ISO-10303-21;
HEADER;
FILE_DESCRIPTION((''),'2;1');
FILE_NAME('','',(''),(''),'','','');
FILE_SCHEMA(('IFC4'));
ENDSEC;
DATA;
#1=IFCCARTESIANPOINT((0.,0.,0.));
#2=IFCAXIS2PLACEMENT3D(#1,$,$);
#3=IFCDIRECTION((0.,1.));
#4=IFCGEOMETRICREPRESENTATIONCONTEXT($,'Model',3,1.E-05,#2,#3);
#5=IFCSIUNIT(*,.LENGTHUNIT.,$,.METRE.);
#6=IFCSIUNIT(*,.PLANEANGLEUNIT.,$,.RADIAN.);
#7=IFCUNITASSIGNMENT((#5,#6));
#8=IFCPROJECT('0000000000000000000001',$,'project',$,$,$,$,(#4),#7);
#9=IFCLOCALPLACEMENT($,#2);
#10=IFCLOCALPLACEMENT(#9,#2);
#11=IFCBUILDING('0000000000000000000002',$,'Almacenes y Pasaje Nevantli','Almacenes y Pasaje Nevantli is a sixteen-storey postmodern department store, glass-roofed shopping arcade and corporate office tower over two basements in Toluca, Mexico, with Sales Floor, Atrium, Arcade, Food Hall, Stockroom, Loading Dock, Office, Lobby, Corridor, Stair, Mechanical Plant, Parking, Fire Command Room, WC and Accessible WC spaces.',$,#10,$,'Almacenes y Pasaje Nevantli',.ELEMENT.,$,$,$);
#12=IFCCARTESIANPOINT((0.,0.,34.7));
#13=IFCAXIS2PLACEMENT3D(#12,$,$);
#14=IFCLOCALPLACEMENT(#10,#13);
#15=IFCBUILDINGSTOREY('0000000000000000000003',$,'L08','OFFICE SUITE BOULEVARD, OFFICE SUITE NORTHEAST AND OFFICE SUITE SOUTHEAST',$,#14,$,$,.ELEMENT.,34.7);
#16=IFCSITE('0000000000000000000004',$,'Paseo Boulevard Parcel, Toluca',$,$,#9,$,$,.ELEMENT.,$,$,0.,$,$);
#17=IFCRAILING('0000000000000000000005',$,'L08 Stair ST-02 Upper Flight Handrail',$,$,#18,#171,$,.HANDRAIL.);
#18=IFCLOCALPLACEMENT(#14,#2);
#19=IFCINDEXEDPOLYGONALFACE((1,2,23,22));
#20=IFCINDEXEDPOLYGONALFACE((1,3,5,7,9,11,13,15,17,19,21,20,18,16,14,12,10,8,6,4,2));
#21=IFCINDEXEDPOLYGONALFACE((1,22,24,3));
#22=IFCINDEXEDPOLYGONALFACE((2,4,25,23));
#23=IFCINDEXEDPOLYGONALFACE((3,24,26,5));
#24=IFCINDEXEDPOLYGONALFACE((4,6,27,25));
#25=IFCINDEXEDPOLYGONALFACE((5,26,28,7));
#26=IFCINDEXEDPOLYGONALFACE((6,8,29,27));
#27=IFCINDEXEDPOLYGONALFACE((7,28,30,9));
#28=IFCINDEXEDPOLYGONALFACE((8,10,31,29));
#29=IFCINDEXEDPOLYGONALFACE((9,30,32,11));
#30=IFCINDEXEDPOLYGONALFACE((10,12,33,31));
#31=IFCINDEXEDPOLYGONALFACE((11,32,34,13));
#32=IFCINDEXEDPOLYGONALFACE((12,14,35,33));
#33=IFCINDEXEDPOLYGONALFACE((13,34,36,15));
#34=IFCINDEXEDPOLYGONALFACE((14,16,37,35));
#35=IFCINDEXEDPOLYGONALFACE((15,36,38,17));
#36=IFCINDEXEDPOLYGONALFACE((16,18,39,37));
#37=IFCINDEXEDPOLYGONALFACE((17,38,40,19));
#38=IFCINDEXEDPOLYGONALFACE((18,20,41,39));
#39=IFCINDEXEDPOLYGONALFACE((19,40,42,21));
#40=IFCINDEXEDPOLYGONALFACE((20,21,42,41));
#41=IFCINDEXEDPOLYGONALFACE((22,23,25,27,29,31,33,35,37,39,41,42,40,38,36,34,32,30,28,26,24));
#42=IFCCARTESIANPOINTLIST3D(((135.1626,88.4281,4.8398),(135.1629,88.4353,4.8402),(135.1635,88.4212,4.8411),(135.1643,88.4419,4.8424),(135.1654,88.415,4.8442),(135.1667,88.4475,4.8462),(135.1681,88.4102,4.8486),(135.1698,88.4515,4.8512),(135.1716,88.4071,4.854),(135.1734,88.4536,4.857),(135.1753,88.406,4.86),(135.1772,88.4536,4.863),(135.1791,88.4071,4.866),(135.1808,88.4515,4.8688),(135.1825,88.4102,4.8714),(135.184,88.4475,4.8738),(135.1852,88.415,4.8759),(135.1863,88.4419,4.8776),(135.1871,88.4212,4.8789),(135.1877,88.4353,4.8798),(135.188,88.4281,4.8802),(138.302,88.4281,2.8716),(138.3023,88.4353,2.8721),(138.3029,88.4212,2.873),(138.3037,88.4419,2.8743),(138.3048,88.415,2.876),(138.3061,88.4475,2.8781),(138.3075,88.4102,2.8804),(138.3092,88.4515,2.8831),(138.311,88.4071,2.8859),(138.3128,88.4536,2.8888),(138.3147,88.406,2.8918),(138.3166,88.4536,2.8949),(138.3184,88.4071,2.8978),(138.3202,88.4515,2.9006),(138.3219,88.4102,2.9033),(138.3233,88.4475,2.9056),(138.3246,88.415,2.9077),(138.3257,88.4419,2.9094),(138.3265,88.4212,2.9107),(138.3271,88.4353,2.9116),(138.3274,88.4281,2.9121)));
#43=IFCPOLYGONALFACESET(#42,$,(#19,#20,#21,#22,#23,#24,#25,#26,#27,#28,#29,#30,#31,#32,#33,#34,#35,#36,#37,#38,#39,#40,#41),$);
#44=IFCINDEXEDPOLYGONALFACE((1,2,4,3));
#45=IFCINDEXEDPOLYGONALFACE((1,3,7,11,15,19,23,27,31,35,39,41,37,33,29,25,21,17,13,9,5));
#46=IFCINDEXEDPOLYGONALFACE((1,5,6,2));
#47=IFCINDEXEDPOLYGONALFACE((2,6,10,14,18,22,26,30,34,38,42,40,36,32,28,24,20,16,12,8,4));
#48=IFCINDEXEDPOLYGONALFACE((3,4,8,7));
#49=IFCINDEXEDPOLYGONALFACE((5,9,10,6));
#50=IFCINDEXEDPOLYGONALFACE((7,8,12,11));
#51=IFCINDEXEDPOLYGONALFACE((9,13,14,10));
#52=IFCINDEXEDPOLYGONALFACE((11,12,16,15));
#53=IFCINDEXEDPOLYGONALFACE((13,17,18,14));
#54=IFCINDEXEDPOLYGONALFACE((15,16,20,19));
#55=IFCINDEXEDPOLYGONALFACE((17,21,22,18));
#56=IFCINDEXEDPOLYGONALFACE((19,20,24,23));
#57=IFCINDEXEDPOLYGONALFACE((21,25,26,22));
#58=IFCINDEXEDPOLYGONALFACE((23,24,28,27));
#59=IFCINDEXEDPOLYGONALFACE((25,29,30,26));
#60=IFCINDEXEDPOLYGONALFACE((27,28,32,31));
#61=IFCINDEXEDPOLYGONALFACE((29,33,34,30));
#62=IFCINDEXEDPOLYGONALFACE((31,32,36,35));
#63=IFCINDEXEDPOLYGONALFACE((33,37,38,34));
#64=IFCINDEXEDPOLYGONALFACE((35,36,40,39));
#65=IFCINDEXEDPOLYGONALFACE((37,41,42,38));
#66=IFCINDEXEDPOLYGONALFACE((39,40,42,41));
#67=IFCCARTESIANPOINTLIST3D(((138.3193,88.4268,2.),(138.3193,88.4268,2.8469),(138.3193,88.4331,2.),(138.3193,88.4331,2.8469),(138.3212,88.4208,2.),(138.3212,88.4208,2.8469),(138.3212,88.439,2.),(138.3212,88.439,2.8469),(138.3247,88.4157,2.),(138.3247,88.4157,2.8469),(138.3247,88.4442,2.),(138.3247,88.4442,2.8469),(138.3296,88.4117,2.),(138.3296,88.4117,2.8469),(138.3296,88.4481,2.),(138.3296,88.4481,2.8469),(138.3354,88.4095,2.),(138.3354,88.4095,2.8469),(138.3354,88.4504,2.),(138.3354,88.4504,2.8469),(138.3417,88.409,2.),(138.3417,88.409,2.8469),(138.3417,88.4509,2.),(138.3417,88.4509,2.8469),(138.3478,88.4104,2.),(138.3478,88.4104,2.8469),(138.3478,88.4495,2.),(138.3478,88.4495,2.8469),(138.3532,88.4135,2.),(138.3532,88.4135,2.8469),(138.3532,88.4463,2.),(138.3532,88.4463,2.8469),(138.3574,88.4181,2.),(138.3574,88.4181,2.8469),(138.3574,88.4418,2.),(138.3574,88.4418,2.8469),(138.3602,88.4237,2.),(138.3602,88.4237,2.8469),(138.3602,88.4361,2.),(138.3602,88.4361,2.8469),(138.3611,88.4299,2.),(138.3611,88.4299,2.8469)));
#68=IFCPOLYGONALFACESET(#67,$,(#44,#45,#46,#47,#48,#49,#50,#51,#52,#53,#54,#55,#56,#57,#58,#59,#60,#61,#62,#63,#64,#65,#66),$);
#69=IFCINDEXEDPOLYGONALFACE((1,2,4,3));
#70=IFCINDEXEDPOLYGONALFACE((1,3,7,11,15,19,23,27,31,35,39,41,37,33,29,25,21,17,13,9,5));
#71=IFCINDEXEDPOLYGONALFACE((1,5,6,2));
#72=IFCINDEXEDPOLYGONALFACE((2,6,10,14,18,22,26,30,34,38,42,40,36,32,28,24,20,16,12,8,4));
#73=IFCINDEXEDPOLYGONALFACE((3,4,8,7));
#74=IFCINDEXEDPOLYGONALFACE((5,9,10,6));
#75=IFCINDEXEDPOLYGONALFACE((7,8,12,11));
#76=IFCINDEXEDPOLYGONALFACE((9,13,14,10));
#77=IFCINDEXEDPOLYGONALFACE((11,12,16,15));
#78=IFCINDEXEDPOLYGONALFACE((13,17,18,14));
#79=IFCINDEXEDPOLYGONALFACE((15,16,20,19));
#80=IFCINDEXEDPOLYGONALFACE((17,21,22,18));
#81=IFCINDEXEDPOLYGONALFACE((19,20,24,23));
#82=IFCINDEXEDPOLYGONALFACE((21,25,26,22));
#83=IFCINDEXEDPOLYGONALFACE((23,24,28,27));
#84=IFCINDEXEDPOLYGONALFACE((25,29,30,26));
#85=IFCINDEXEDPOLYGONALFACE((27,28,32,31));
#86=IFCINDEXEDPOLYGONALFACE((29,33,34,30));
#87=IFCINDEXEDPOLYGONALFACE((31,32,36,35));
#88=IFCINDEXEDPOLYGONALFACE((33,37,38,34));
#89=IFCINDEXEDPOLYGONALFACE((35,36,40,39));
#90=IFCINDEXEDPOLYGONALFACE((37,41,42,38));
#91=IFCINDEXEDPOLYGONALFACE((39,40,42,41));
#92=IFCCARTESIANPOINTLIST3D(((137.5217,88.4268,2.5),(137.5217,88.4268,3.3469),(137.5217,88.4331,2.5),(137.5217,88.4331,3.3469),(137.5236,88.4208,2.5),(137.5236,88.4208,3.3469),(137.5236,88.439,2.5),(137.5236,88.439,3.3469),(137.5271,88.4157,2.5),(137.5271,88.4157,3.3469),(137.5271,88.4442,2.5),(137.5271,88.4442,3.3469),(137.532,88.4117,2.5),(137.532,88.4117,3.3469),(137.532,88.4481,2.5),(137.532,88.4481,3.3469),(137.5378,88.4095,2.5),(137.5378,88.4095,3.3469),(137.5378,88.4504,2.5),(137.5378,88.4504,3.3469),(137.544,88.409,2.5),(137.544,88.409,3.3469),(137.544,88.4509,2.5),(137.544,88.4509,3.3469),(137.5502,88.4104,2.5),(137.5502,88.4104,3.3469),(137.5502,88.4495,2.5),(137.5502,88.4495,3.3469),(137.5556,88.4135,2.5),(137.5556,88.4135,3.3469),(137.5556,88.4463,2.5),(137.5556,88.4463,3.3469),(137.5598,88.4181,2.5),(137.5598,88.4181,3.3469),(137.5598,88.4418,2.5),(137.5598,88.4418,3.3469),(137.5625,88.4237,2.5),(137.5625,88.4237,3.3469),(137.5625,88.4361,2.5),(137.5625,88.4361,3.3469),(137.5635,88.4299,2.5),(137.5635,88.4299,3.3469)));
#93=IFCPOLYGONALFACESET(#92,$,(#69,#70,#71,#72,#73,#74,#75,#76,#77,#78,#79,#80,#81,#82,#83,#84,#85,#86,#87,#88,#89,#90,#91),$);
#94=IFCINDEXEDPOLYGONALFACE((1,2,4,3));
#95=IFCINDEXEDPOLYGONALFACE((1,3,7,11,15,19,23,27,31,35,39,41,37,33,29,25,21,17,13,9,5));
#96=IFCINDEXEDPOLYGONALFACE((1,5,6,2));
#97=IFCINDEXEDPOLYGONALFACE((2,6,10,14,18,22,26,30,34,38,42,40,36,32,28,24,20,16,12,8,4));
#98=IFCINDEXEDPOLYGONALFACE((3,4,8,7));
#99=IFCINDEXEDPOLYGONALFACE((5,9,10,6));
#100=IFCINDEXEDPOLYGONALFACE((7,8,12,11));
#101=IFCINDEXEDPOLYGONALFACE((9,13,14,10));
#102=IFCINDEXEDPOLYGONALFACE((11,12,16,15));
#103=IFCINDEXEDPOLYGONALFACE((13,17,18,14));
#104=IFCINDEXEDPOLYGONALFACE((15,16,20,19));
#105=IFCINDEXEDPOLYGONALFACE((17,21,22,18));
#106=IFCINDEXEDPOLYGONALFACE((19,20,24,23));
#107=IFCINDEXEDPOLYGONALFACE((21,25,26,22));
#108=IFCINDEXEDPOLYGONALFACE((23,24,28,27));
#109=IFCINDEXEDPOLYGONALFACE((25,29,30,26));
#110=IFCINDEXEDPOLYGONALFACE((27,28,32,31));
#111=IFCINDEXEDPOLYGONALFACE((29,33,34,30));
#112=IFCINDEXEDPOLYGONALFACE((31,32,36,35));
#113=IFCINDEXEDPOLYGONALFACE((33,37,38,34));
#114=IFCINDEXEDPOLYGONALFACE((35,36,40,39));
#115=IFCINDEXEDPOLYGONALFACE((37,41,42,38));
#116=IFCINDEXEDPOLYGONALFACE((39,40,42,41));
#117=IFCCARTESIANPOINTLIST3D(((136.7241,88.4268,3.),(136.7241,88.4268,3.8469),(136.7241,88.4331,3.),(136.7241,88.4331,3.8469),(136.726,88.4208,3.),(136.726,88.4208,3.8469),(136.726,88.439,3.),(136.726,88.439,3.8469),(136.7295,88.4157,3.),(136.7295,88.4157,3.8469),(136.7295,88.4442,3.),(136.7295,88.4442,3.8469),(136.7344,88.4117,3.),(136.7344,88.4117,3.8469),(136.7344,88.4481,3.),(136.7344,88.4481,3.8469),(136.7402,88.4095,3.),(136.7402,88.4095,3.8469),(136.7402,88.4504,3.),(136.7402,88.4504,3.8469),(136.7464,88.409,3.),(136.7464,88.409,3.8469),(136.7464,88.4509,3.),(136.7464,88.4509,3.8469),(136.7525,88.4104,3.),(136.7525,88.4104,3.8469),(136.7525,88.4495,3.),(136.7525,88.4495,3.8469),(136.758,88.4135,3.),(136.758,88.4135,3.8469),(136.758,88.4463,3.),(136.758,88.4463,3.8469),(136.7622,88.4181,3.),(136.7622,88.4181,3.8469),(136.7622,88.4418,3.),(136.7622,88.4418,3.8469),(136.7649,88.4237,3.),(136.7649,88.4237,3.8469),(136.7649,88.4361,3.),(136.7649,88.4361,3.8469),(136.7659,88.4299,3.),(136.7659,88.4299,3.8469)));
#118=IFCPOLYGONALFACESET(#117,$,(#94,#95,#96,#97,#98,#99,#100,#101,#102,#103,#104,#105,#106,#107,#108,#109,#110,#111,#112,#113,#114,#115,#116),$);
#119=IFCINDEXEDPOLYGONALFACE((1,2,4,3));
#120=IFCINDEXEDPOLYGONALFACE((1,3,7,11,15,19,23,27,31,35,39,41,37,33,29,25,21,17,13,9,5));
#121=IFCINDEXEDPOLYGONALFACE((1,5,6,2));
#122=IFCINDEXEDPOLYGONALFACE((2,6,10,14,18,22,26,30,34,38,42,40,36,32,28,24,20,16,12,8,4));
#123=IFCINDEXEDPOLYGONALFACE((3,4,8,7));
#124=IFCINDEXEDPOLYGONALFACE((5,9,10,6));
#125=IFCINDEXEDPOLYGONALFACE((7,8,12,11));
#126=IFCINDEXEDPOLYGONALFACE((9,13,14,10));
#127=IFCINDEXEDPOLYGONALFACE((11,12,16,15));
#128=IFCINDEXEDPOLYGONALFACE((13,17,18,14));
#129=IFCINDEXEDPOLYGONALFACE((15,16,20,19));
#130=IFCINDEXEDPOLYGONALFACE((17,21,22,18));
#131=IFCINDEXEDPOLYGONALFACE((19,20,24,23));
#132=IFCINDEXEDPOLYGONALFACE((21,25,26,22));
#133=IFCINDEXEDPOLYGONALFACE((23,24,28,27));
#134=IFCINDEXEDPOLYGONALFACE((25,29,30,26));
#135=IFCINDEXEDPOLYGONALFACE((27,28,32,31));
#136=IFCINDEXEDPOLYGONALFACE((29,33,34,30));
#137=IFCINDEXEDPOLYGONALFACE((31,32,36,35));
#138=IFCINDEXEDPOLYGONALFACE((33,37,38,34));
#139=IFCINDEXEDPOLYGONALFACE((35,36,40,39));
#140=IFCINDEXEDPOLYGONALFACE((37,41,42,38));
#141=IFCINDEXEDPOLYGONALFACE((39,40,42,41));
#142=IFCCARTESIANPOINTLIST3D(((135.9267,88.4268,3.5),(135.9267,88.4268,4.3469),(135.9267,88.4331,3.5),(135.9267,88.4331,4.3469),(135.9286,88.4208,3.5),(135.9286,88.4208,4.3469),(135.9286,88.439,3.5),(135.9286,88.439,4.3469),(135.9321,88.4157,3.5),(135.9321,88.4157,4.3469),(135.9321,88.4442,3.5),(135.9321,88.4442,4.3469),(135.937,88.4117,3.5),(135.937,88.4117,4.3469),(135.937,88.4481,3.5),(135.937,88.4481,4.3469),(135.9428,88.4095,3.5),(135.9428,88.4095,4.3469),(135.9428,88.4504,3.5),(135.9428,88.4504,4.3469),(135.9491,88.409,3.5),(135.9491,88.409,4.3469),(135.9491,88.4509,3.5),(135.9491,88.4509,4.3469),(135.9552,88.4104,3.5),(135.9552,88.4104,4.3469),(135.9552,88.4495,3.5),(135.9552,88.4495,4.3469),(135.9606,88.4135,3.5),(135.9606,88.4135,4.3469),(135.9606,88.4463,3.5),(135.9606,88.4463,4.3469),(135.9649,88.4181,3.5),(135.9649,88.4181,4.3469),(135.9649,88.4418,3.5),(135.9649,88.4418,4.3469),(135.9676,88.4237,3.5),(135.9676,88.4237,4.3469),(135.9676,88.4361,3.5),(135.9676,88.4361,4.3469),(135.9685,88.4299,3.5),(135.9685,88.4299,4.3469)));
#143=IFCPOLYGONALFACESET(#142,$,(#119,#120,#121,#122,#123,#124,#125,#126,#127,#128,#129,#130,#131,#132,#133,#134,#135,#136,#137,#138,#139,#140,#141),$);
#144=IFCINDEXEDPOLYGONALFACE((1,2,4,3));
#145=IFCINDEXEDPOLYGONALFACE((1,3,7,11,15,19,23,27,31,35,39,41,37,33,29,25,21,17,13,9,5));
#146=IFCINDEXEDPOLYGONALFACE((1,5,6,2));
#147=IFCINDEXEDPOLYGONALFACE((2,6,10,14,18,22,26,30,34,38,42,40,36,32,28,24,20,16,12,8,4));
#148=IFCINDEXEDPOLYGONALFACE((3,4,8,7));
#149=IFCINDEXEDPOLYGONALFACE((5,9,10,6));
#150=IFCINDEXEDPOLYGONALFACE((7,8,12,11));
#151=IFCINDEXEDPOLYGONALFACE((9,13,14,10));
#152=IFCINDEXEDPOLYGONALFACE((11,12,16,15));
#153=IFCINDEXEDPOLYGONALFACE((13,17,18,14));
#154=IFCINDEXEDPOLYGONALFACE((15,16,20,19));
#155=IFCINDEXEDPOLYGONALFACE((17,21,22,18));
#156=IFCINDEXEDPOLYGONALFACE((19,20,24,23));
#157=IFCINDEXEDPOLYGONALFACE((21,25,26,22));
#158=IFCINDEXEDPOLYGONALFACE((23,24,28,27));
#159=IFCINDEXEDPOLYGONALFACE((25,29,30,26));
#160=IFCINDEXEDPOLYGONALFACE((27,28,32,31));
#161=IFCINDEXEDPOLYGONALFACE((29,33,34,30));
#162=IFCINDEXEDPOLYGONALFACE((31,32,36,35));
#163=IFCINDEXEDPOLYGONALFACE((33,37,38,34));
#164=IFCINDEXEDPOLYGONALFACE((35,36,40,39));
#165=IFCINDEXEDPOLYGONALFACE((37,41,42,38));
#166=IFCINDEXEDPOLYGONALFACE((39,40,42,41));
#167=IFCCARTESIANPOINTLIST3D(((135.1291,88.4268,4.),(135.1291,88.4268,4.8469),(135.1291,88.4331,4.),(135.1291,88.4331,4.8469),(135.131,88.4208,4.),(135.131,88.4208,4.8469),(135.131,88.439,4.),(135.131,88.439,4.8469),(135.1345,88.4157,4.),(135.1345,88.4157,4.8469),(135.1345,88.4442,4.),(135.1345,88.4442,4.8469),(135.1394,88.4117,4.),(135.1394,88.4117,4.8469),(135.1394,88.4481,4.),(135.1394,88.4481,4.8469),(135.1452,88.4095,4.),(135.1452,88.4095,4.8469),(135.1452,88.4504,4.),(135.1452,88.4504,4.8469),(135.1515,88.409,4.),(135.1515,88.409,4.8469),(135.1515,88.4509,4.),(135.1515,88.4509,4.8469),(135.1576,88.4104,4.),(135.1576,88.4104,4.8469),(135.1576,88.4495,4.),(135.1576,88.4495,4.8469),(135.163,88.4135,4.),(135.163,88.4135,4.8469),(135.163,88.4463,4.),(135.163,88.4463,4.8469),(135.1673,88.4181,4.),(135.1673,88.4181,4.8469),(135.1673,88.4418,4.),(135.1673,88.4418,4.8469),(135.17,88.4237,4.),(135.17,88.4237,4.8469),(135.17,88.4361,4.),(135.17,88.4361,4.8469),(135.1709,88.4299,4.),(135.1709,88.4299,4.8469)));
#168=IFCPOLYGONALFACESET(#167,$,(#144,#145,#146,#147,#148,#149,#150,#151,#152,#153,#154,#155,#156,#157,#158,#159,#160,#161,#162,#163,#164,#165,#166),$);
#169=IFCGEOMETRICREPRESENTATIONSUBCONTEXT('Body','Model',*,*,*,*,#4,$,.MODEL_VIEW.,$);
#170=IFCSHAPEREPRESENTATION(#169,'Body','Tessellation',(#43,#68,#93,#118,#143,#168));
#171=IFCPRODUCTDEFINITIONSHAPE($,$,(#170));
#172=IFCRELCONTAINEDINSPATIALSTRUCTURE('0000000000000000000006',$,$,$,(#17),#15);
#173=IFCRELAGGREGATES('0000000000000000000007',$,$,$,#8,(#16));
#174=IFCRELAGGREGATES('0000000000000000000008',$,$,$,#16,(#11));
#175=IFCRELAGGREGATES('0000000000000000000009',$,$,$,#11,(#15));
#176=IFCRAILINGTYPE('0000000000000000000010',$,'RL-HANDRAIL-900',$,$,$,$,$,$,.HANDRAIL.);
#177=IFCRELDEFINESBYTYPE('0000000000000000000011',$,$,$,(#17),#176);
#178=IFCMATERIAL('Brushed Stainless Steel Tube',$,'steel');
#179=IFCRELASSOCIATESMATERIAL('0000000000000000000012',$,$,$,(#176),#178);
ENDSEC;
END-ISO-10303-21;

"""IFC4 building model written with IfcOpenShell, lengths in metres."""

from ifc_helpers import new_model, si_unit, direction, frame, origin, origin_2d, place, context, subcontext, project, spatial, circle, extrude, material, type_object, element, save


model = new_model("IFC4")

# Units and contexts
model_context = context("Model", 3, precision=1e-05, world=origin(), true_north=direction((0.0, 1.0)))
body_context = subcontext(model_context, "Body", "Model", "MODEL_VIEW")
ifc_project = project(units=[si_unit("LENGTHUNIT", "METRE"), si_unit("PLANEANGLEUNIT", "RADIAN")], contexts=[model_context])

# Site, building, storey
site_placement = place(None, origin())
site = spatial("IfcSite", under=ifc_project, at=site_placement, Name="Paseo Boulevard Parcel, Toluca", CompositionType="ELEMENT", RefElevation=0.0)
building_placement = place(site_placement, origin())
building = spatial("IfcBuilding", under=site, at=building_placement, Name="Almacenes y Pasaje Nevantli", Description="Almacenes y Pasaje Nevantli is a sixteen-storey postmodern department store, glass-roofed shopping arcade and corporate office tower over two basements in Toluca, Mexico, with Sales Floor, Atrium, Arcade, Food Hall, Stockroom, Loading Dock, Office, Lobby, Corridor, Stair, Mechanical Plant, Parking, Fire Command Room, WC and Accessible WC spaces.", LongName="Almacenes y Pasaje Nevantli", CompositionType="ELEMENT")
storey_placement = place(building_placement, frame((0.0, 0.0, 34.7)))
storey = spatial("IfcBuildingStorey", under=building, at=storey_placement, Name="L08", Description="OFFICE SUITE BOULEVARD, OFFICE SUITE NORTHEAST AND OFFICE SUITE SOUTHEAST", CompositionType="ELEMENT", Elevation=34.7)

# Railing
ifc_material_1 = material(Name="Brushed Stainless Steel Tube", Category="steel")
railing_type_1 = type_object("IfcRailingType", Name="RL-HANDRAIL-900", PredefinedType="HANDRAIL", material=ifc_material_1)
railing_1_placement = place(storey_placement, frame((138.3401, 88.4299, 2.0)))
element("IfcRailing", 1, at=railing_1_placement, inside=storey, type_object=railing_type_1, Name="L08 Stair ST-02 Upper Flight Handrail", PredefinedType="HANDRAIL", context=body_context, shape_type="SweptSolid", body=[
    extrude(circle(Radius=0.0239, at=origin_2d()), frame((-0.0254, 0.0, 0.8918), z_axis=(-0.847265, 0.0, 0.53117), x_axis=(0.0, -1.0, 0.0)), (0.0, 0.0, 1.0), 3.7053),
    extrude(circle(Radius=0.021, at=origin_2d()), origin(), (0.0, 0.0, 1.0), 0.8469),
    extrude(circle(Radius=0.021, at=origin_2d()), frame((-0.7976, 0.0, 0.5)), (0.0, 0.0, 1.0), 0.8469),
    extrude(circle(Radius=0.021, at=origin_2d()), frame((-1.5952, 0.0, 1.0)), (0.0, 0.0, 1.0), 0.8469),
    extrude(circle(Radius=0.021, at=origin_2d()), frame((-2.3926, 0.0, 1.5)), (0.0, 0.0, 1.0), 0.8469),
    extrude(circle(Radius=0.021, at=origin_2d()), frame((-3.1902, 0.0, 2.0)), (0.0, 0.0, 1.0), 0.8469),
])

save(model, "model.ifc")
